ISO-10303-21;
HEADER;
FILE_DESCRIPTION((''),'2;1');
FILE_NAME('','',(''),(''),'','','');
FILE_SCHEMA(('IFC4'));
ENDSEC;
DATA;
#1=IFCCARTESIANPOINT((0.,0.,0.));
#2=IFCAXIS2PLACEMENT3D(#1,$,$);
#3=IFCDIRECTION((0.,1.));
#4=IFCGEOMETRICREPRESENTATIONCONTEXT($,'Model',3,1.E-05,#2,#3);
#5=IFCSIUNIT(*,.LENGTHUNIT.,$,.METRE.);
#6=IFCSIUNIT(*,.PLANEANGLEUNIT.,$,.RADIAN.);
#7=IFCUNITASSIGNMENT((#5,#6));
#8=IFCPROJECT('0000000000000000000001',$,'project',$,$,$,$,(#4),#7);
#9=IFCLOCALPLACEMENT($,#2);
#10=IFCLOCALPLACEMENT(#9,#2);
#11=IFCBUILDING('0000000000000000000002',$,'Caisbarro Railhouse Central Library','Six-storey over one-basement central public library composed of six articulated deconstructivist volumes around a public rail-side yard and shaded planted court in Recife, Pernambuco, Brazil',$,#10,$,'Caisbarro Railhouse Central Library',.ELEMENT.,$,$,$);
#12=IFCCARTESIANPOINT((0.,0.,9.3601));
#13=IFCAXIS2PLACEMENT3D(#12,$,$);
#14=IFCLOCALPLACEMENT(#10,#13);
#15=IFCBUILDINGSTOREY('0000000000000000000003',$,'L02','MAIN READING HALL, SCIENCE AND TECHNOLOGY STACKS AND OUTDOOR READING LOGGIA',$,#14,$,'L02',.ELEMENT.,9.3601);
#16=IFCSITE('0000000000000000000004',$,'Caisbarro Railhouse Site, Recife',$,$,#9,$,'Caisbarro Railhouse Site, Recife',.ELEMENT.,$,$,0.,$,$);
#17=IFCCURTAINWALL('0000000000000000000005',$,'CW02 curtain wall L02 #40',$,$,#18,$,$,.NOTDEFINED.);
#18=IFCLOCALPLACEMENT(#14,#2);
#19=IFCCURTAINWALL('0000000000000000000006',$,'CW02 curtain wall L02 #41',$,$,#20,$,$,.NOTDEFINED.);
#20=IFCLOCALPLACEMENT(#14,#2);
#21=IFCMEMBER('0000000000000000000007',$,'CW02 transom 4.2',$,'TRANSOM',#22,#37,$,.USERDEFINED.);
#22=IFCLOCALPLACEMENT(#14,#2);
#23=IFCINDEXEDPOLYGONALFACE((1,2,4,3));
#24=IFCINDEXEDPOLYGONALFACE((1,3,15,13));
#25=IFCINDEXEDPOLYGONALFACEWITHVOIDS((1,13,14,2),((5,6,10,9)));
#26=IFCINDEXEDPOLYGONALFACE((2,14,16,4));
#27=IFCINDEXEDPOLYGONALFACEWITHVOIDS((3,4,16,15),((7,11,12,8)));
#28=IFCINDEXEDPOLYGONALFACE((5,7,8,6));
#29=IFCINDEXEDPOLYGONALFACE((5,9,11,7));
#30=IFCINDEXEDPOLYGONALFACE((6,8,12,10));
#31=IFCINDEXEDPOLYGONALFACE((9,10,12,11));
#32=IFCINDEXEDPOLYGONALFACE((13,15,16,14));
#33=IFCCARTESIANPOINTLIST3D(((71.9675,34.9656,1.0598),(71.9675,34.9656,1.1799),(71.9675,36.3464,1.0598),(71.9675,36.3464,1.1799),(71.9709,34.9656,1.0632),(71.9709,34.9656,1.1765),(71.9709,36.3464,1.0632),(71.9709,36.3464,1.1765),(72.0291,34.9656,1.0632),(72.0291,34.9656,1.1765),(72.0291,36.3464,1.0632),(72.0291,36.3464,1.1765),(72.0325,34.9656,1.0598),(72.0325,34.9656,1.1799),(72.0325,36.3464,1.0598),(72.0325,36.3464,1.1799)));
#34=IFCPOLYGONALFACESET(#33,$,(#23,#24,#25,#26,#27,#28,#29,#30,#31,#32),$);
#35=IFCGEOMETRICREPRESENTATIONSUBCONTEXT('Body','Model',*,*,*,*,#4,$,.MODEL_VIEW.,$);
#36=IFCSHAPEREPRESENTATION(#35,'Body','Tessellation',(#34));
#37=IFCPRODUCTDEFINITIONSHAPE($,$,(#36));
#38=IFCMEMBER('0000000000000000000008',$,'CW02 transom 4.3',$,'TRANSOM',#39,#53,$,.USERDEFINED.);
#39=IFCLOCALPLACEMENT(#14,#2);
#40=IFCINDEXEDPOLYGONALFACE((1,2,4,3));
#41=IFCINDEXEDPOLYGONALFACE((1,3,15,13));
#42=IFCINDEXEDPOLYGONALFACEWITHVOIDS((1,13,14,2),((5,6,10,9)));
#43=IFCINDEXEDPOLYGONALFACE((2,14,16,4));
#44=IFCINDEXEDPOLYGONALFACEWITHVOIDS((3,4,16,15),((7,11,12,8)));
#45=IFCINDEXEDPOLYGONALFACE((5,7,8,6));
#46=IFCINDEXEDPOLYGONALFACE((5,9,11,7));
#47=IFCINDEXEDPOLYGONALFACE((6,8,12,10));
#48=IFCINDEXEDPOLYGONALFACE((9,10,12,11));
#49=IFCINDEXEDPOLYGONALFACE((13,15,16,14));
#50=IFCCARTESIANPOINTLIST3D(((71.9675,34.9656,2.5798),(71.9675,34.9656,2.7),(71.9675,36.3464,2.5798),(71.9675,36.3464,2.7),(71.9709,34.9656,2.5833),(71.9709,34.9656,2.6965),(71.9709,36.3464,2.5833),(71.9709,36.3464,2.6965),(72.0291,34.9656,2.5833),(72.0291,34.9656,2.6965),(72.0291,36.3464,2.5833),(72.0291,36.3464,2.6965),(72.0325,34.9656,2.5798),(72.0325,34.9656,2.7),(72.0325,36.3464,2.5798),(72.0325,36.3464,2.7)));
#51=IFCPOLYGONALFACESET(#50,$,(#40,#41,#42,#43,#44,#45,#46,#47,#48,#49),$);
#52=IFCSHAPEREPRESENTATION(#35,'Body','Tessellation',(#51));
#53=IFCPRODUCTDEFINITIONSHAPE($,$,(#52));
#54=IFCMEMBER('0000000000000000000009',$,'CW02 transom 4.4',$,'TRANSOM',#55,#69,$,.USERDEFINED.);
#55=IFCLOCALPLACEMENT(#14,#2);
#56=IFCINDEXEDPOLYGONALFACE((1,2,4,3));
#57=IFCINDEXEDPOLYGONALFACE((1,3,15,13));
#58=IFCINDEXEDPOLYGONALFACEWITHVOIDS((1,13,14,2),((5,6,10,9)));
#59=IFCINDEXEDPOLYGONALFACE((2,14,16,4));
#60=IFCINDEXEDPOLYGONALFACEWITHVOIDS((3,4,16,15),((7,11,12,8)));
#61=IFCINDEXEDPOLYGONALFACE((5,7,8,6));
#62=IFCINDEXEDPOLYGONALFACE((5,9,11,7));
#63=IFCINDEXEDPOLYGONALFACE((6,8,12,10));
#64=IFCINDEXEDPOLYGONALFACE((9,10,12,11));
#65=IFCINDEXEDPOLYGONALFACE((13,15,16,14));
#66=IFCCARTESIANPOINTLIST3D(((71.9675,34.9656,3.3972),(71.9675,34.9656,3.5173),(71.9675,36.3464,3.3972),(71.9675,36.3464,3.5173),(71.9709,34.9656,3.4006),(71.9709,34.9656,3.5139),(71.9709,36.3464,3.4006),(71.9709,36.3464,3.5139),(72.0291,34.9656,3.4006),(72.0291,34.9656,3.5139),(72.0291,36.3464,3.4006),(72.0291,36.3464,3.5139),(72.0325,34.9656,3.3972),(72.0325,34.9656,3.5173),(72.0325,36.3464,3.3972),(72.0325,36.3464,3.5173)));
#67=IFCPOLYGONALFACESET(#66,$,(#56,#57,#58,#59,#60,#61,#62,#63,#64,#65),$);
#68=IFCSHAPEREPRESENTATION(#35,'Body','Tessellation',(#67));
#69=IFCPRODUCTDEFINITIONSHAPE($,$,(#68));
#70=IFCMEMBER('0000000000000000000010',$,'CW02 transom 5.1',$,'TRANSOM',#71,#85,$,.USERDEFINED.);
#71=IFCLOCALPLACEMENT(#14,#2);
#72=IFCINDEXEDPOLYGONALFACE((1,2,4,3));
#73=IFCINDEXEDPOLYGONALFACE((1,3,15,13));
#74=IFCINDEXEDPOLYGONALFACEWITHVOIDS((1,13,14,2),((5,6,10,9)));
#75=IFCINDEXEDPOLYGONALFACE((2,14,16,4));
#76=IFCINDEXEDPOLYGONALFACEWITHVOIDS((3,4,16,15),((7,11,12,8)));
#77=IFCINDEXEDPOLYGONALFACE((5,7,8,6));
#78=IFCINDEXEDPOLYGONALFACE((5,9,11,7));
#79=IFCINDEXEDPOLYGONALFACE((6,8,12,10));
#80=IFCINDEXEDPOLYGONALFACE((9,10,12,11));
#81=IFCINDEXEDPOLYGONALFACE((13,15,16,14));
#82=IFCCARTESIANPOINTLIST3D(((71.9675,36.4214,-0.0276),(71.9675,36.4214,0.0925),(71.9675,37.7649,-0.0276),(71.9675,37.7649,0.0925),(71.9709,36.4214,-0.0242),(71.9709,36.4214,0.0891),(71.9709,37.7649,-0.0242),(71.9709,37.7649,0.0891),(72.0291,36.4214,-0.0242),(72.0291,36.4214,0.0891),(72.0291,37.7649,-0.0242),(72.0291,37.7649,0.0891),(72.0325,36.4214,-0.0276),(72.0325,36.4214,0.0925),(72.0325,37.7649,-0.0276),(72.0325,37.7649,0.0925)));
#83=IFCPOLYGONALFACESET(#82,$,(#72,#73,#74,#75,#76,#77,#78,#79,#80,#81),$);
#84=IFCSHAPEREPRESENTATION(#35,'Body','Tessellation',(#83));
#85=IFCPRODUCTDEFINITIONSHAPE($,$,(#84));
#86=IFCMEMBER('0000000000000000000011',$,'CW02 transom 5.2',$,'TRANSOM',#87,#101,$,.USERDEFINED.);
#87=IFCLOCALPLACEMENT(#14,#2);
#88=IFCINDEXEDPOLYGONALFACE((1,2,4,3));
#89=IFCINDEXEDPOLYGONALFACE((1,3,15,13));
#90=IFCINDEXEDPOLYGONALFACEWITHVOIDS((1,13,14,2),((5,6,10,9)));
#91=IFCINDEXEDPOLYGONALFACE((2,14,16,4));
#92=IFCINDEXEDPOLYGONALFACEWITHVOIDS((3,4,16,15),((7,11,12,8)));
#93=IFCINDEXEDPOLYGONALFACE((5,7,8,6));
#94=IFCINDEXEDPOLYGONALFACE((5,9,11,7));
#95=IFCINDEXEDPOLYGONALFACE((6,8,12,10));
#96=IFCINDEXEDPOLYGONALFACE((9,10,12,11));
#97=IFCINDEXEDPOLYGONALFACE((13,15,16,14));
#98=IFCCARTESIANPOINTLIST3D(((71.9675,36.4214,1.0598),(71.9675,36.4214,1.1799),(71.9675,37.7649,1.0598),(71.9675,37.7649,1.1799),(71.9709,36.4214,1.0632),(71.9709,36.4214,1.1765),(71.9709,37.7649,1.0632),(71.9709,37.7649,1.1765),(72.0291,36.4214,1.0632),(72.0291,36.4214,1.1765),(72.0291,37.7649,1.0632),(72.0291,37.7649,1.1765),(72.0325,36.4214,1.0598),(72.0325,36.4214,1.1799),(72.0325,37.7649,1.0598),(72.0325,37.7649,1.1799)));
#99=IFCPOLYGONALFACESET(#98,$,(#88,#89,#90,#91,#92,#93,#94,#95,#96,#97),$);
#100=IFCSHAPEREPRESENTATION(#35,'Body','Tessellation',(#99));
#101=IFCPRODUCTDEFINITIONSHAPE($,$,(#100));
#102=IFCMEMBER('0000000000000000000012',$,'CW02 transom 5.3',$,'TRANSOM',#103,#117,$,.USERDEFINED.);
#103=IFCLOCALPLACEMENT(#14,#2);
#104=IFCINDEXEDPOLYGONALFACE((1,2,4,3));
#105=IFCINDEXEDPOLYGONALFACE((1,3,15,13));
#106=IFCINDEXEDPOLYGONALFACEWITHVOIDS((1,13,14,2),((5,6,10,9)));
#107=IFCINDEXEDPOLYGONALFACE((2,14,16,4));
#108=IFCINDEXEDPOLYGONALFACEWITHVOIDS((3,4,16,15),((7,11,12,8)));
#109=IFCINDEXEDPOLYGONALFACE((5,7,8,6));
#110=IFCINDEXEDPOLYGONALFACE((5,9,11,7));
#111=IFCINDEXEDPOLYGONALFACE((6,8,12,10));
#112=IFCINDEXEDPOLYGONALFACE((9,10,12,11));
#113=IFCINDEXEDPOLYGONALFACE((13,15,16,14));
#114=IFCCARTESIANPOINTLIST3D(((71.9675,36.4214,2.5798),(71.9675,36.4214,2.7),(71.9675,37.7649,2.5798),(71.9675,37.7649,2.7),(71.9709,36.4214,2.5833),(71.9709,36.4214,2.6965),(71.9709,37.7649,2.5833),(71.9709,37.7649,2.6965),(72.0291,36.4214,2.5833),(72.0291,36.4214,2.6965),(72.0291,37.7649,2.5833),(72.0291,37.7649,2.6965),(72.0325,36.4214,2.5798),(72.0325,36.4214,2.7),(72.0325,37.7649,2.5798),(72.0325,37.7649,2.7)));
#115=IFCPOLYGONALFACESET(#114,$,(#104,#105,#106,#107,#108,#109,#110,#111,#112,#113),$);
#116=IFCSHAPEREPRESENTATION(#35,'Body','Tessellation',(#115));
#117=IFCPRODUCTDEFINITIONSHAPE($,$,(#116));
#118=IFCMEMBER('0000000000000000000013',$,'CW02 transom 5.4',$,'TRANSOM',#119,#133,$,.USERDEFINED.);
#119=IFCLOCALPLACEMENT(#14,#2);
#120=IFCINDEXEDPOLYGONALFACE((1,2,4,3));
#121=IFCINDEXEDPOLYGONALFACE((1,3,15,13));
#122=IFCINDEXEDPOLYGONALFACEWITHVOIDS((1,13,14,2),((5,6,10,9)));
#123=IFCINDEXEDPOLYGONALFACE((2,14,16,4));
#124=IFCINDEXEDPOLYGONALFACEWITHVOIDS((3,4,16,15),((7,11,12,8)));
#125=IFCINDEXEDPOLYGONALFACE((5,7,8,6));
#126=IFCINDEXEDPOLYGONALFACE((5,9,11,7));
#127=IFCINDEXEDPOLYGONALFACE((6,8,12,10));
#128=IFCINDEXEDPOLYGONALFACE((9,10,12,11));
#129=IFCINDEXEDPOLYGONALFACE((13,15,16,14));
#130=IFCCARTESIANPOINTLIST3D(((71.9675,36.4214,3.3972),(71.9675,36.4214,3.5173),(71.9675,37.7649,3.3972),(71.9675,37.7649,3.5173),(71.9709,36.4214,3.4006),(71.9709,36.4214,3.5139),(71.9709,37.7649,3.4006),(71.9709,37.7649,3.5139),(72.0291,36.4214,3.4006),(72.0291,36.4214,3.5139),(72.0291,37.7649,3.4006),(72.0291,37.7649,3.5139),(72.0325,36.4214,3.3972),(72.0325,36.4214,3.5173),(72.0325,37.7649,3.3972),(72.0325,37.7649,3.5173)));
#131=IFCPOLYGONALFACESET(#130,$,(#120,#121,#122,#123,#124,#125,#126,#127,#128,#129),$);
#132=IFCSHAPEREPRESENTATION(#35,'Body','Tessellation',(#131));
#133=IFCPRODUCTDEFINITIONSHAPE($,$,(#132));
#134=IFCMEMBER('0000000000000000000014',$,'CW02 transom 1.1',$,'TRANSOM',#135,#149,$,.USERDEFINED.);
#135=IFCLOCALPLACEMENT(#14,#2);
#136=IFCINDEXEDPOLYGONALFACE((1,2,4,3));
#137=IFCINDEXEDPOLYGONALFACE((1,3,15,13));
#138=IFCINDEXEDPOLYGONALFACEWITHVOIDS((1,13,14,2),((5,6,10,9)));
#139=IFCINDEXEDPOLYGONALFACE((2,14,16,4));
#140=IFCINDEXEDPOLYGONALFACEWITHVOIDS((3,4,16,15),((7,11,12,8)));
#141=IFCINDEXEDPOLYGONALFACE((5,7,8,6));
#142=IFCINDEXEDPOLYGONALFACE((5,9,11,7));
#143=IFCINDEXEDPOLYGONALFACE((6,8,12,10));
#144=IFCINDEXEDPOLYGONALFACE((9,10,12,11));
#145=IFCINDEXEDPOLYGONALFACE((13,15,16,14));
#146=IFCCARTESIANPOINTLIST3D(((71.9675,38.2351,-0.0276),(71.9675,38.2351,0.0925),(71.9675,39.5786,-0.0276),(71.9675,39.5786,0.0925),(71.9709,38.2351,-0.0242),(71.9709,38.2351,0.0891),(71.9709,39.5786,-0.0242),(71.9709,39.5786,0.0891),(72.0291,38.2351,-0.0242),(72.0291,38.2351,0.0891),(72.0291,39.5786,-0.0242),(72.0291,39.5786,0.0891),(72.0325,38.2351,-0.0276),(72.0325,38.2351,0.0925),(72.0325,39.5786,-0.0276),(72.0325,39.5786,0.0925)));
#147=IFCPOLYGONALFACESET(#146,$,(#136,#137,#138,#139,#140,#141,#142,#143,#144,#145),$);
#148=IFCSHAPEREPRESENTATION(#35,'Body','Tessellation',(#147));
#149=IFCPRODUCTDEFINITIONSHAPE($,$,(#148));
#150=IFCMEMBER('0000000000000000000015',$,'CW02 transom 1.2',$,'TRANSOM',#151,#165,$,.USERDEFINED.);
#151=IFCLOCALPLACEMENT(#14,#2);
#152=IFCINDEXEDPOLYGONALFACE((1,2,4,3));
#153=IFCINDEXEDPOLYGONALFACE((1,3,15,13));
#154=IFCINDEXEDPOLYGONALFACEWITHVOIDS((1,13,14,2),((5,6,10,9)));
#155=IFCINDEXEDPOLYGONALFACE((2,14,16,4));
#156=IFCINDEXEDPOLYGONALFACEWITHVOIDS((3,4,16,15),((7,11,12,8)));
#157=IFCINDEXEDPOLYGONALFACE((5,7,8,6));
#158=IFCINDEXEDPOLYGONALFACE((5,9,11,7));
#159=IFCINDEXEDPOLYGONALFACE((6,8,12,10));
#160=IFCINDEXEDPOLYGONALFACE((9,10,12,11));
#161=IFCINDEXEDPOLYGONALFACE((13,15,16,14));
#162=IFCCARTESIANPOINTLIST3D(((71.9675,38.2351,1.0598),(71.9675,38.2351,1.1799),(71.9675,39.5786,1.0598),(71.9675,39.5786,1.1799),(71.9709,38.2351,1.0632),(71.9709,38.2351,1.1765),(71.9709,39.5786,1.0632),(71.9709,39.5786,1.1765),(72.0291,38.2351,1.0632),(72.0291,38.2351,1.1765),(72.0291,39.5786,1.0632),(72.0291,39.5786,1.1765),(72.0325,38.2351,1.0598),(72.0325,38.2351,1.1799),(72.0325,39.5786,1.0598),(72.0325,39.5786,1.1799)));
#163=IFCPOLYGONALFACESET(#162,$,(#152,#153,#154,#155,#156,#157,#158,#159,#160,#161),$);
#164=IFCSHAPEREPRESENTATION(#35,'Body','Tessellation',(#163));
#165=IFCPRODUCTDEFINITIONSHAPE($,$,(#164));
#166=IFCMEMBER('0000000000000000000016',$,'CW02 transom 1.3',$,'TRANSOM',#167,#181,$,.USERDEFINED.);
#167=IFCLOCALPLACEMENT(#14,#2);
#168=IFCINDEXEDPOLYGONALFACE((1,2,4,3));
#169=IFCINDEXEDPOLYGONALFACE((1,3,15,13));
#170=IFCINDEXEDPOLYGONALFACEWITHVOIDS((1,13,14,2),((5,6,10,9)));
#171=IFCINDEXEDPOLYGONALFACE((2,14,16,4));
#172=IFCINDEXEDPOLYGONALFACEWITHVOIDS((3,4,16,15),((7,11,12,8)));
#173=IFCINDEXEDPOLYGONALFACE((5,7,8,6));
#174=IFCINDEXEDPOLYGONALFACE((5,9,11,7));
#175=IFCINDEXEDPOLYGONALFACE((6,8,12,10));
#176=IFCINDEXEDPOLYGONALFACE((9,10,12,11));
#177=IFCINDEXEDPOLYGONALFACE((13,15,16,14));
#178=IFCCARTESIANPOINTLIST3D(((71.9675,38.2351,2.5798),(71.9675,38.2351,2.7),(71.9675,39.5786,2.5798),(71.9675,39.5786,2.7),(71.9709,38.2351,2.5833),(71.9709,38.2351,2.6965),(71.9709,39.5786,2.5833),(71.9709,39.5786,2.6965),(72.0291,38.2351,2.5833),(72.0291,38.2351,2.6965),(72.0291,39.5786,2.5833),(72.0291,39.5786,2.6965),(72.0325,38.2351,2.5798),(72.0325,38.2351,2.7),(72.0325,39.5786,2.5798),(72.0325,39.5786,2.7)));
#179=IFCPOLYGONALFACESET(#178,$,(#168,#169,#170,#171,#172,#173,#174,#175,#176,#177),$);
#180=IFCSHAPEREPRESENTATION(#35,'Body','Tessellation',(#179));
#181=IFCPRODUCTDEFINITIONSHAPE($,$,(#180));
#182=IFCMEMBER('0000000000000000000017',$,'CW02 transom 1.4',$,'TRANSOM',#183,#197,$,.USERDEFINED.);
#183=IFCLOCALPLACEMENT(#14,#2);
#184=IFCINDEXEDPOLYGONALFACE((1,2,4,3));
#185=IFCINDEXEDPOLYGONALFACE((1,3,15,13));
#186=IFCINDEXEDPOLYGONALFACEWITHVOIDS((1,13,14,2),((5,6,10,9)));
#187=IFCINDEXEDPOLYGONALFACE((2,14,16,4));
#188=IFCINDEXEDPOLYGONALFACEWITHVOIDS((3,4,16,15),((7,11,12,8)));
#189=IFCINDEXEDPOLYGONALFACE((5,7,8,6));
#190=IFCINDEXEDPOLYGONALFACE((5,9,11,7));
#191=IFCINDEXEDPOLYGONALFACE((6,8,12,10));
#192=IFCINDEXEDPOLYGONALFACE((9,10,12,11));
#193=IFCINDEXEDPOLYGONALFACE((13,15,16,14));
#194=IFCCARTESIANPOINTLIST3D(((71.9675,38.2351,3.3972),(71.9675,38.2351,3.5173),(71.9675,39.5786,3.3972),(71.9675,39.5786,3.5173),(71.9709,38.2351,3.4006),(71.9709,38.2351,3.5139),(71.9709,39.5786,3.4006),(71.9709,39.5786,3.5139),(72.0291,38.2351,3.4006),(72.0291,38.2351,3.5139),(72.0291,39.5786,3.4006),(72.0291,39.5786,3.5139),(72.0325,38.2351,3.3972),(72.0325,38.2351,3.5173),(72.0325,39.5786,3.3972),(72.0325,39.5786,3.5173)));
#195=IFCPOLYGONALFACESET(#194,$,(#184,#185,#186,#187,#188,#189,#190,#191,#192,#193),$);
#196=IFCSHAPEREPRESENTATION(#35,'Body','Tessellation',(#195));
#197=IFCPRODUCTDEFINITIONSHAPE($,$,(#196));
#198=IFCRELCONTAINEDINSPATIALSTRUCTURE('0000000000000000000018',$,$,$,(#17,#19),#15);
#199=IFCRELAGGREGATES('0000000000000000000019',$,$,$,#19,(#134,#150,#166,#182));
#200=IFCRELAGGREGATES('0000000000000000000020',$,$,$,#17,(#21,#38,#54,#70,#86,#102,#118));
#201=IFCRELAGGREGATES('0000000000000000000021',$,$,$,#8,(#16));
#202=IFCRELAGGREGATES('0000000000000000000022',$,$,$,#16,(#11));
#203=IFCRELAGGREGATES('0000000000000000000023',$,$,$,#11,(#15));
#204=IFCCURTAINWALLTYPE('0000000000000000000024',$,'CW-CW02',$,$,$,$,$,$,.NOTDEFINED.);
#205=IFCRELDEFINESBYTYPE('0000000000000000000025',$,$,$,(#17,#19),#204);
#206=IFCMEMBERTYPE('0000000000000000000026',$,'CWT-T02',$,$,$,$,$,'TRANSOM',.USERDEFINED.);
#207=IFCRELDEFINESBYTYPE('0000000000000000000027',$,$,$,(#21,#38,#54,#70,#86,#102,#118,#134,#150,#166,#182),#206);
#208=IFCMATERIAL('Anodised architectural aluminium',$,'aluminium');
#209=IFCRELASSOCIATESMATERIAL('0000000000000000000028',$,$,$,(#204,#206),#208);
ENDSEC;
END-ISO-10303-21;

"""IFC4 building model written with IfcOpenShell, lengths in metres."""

from ifc_helpers import new_model, si_unit, direction, frame, origin, origin_2d, place, context, subcontext, project, spatial, hollow_rectangle, extrude, material, material_profile, profile_set, type_object, element, aggregate, save


model = new_model("IFC4")

# Units and contexts
model_context = context("Model", 3, precision=1e-05, world=origin(), true_north=direction((0.0, 1.0)))
body_context = subcontext(model_context, "Body", "Model", "MODEL_VIEW")
ifc_project = project(units=[si_unit("LENGTHUNIT", "METRE"), si_unit("PLANEANGLEUNIT", "RADIAN")], contexts=[model_context])

# Site, building, storey
site_placement = place(None, origin())
site = spatial("IfcSite", under=ifc_project, at=site_placement, Name="Caisbarro Railhouse Site, Recife", LongName="Caisbarro Railhouse Site, Recife", CompositionType="ELEMENT", RefElevation=0.0)
building_placement = place(site_placement, origin())
building = spatial("IfcBuilding", under=site, at=building_placement, Name="Caisbarro Railhouse Central Library", Description="Six-storey over one-basement central public library composed of six articulated deconstructivist volumes around a public rail-side yard and shaded planted court in Recife, Pernambuco, Brazil", LongName="Caisbarro Railhouse Central Library", CompositionType="ELEMENT")
storey_placement = place(building_placement, frame((0.0, 0.0, 9.3601)))
storey = spatial("IfcBuildingStorey", under=building, at=storey_placement, Name="L02", Description="MAIN READING HALL, SCIENCE AND TECHNOLOGY STACKS AND OUTDOOR READING LOGGIA", LongName="L02", CompositionType="ELEMENT", Elevation=9.3601)

# Curtain wall
ifc_material_1 = material(Name="Anodised architectural aluminium", Category="aluminium")
curtain_wall_type = type_object("IfcCurtainWallType", Name="CW-CW02", PredefinedType="NOTDEFINED", material=ifc_material_1)
curtain_wall_1_placement = place(storey_placement, origin())
curtain_wall_1 = element("IfcCurtainWall", 1, at=curtain_wall_1_placement, inside=storey, type_object=curtain_wall_type, Name="CW02 curtain wall L02 #40", PredefinedType="NOTDEFINED")

# Curtain wall
curtain_wall_2_placement = place(storey_placement, origin())
curtain_wall_2 = element("IfcCurtainWall", 2, at=curtain_wall_2_placement, inside=storey, type_object=curtain_wall_type, Name="CW02 curtain wall L02 #41", PredefinedType="NOTDEFINED")

# Members
ifc_material_profile_1 = material_profile(ifc_material_1, hollow_rectangle(XDim=0.0649, YDim=0.1201, WallThickness=0.0034, at=origin_2d()), Name="ALU-TRN-65X120")
ifc_profile_set_1 = profile_set([ifc_material_profile_1], Name="Anodised architectural aluminium")
member_type_1 = type_object("IfcMemberType", Name="CWT-T02", ElementType="TRANSOM", PredefinedType="USERDEFINED", material=ifc_profile_set_1)
member_1_placement = place(storey_placement, frame((72.0, 34.9656, 1.1199), z_axis=(0.0, 1.0, 0.0), x_axis=(-1.0, 0.0, 0.0)))
member_1 = element("IfcMember", 3, at=member_1_placement, type_object=member_type_1, Name="CW02 transom 4.2", ObjectType="TRANSOM", PredefinedType="USERDEFINED", context=body_context, shape_type="SweptSolid", body=[
    extrude(hollow_rectangle(XDim=0.0649, YDim=0.1201, WallThickness=0.0034, at=origin_2d()), origin(), (0.0, 0.0, 1.0), 1.3809),
])
member_2_placement = place(storey_placement, frame((72.0, 34.9656, 2.6399), z_axis=(0.0, 1.0, 0.0), x_axis=(-1.0, 0.0, 0.0)))
member_2 = element("IfcMember", 4, at=member_2_placement, type_object=member_type_1, Name="CW02 transom 4.3", ObjectType="TRANSOM", PredefinedType="USERDEFINED", context=body_context, shape_type="SweptSolid", body=[
    extrude(hollow_rectangle(XDim=0.0649, YDim=0.1201, WallThickness=0.0034, at=origin_2d()), origin(), (0.0, 0.0, 1.0), 1.3809),
])
member_3_placement = place(storey_placement, frame((72.0, 34.9656, 3.4573), z_axis=(0.0, 1.0, 0.0), x_axis=(-1.0, 0.0, 0.0)))
member_3 = element("IfcMember", 5, at=member_3_placement, type_object=member_type_1, Name="CW02 transom 4.4", ObjectType="TRANSOM", PredefinedType="USERDEFINED", context=body_context, shape_type="SweptSolid", body=[
    extrude(hollow_rectangle(XDim=0.0649, YDim=0.1201, WallThickness=0.0034, at=origin_2d()), origin(), (0.0, 0.0, 1.0), 1.3809),
])
member_4_placement = place(storey_placement, frame((72.0, 36.4214, 0.0325), z_axis=(0.0, 1.0, 0.0), x_axis=(-1.0, 0.0, 0.0)))
member_4 = element("IfcMember", 6, at=member_4_placement, type_object=member_type_1, Name="CW02 transom 5.1", ObjectType="TRANSOM", PredefinedType="USERDEFINED", context=body_context, shape_type="SweptSolid", body=[
    extrude(hollow_rectangle(XDim=0.0649, YDim=0.1201, WallThickness=0.0034, at=origin_2d()), origin(), (0.0, 0.0, 1.0), 1.3435),
])
member_5_placement = place(storey_placement, frame((72.0, 36.4214, 1.1199), z_axis=(0.0, 1.0, 0.0), x_axis=(-1.0, 0.0, 0.0)))
member_5 = element("IfcMember", 7, at=member_5_placement, type_object=member_type_1, Name="CW02 transom 5.2", ObjectType="TRANSOM", PredefinedType="USERDEFINED", context=body_context, shape_type="SweptSolid", body=[
    extrude(hollow_rectangle(XDim=0.0649, YDim=0.1201, WallThickness=0.0034, at=origin_2d()), origin(), (0.0, 0.0, 1.0), 1.3435),
])
member_6_placement = place(storey_placement, frame((72.0, 36.4214, 2.6399), z_axis=(0.0, 1.0, 0.0), x_axis=(-1.0, 0.0, 0.0)))
member_6 = element("IfcMember", 8, at=member_6_placement, type_object=member_type_1, Name="CW02 transom 5.3", ObjectType="TRANSOM", PredefinedType="USERDEFINED", context=body_context, shape_type="SweptSolid", body=[
    extrude(hollow_rectangle(XDim=0.0649, YDim=0.1201, WallThickness=0.0034, at=origin_2d()), origin(), (0.0, 0.0, 1.0), 1.3435),
])
member_7_placement = place(storey_placement, frame((72.0, 36.4214, 3.4573), z_axis=(0.0, 1.0, 0.0), x_axis=(-1.0, 0.0, 0.0)))
member_7 = element("IfcMember", 9, at=member_7_placement, type_object=member_type_1, Name="CW02 transom 5.4", ObjectType="TRANSOM", PredefinedType="USERDEFINED", context=body_context, shape_type="SweptSolid", body=[
    extrude(hollow_rectangle(XDim=0.0649, YDim=0.1201, WallThickness=0.0034, at=origin_2d()), origin(), (0.0, 0.0, 1.0), 1.3435),
])
member_8_placement = place(storey_placement, frame((72.0, 38.2351, 0.0325), z_axis=(0.0, 1.0, 0.0), x_axis=(-1.0, 0.0, 0.0)))
member_8 = element("IfcMember", 10, at=member_8_placement, type_object=member_type_1, Name="CW02 transom 1.1", ObjectType="TRANSOM", PredefinedType="USERDEFINED", context=body_context, shape_type="SweptSolid", body=[
    extrude(hollow_rectangle(XDim=0.0649, YDim=0.1201, WallThickness=0.0034, at=origin_2d()), origin(), (0.0, 0.0, 1.0), 1.3435),
])
member_9_placement = place(storey_placement, frame((72.0, 38.2351, 1.1199), z_axis=(0.0, 1.0, 0.0), x_axis=(-1.0, 0.0, 0.0)))
member_9 = element("IfcMember", 11, at=member_9_placement, type_object=member_type_1, Name="CW02 transom 1.2", ObjectType="TRANSOM", PredefinedType="USERDEFINED", context=body_context, shape_type="SweptSolid", body=[
    extrude(hollow_rectangle(XDim=0.0649, YDim=0.1201, WallThickness=0.0034, at=origin_2d()), origin(), (0.0, 0.0, 1.0), 1.3435),
])
member_10_placement = place(storey_placement, frame((72.0, 38.2351, 2.6399), z_axis=(0.0, 1.0, 0.0), x_axis=(-1.0, 0.0, 0.0)))
member_10 = element("IfcMember", 12, at=member_10_placement, type_object=member_type_1, Name="CW02 transom 1.3", ObjectType="TRANSOM", PredefinedType="USERDEFINED", context=body_context, shape_type="SweptSolid", body=[
    extrude(hollow_rectangle(XDim=0.0649, YDim=0.1201, WallThickness=0.0034, at=origin_2d()), origin(), (0.0, 0.0, 1.0), 1.3435),
])
member_11_placement = place(storey_placement, frame((72.0, 38.2351, 3.4573), z_axis=(0.0, 1.0, 0.0), x_axis=(-1.0, 0.0, 0.0)))
member_11 = element("IfcMember", 13, at=member_11_placement, type_object=member_type_1, Name="CW02 transom 1.4", ObjectType="TRANSOM", PredefinedType="USERDEFINED", context=body_context, shape_type="SweptSolid", body=[
    extrude(hollow_rectangle(XDim=0.0649, YDim=0.1201, WallThickness=0.0034, at=origin_2d()), origin(), (0.0, 0.0, 1.0), 1.3435),
])
aggregate(curtain_wall_2, [member_8, member_9, member_10, member_11])

aggregate(curtain_wall_1, [member_1, member_2, member_3, member_4, member_5, member_6, member_7])

save(model, "model.ifc")
